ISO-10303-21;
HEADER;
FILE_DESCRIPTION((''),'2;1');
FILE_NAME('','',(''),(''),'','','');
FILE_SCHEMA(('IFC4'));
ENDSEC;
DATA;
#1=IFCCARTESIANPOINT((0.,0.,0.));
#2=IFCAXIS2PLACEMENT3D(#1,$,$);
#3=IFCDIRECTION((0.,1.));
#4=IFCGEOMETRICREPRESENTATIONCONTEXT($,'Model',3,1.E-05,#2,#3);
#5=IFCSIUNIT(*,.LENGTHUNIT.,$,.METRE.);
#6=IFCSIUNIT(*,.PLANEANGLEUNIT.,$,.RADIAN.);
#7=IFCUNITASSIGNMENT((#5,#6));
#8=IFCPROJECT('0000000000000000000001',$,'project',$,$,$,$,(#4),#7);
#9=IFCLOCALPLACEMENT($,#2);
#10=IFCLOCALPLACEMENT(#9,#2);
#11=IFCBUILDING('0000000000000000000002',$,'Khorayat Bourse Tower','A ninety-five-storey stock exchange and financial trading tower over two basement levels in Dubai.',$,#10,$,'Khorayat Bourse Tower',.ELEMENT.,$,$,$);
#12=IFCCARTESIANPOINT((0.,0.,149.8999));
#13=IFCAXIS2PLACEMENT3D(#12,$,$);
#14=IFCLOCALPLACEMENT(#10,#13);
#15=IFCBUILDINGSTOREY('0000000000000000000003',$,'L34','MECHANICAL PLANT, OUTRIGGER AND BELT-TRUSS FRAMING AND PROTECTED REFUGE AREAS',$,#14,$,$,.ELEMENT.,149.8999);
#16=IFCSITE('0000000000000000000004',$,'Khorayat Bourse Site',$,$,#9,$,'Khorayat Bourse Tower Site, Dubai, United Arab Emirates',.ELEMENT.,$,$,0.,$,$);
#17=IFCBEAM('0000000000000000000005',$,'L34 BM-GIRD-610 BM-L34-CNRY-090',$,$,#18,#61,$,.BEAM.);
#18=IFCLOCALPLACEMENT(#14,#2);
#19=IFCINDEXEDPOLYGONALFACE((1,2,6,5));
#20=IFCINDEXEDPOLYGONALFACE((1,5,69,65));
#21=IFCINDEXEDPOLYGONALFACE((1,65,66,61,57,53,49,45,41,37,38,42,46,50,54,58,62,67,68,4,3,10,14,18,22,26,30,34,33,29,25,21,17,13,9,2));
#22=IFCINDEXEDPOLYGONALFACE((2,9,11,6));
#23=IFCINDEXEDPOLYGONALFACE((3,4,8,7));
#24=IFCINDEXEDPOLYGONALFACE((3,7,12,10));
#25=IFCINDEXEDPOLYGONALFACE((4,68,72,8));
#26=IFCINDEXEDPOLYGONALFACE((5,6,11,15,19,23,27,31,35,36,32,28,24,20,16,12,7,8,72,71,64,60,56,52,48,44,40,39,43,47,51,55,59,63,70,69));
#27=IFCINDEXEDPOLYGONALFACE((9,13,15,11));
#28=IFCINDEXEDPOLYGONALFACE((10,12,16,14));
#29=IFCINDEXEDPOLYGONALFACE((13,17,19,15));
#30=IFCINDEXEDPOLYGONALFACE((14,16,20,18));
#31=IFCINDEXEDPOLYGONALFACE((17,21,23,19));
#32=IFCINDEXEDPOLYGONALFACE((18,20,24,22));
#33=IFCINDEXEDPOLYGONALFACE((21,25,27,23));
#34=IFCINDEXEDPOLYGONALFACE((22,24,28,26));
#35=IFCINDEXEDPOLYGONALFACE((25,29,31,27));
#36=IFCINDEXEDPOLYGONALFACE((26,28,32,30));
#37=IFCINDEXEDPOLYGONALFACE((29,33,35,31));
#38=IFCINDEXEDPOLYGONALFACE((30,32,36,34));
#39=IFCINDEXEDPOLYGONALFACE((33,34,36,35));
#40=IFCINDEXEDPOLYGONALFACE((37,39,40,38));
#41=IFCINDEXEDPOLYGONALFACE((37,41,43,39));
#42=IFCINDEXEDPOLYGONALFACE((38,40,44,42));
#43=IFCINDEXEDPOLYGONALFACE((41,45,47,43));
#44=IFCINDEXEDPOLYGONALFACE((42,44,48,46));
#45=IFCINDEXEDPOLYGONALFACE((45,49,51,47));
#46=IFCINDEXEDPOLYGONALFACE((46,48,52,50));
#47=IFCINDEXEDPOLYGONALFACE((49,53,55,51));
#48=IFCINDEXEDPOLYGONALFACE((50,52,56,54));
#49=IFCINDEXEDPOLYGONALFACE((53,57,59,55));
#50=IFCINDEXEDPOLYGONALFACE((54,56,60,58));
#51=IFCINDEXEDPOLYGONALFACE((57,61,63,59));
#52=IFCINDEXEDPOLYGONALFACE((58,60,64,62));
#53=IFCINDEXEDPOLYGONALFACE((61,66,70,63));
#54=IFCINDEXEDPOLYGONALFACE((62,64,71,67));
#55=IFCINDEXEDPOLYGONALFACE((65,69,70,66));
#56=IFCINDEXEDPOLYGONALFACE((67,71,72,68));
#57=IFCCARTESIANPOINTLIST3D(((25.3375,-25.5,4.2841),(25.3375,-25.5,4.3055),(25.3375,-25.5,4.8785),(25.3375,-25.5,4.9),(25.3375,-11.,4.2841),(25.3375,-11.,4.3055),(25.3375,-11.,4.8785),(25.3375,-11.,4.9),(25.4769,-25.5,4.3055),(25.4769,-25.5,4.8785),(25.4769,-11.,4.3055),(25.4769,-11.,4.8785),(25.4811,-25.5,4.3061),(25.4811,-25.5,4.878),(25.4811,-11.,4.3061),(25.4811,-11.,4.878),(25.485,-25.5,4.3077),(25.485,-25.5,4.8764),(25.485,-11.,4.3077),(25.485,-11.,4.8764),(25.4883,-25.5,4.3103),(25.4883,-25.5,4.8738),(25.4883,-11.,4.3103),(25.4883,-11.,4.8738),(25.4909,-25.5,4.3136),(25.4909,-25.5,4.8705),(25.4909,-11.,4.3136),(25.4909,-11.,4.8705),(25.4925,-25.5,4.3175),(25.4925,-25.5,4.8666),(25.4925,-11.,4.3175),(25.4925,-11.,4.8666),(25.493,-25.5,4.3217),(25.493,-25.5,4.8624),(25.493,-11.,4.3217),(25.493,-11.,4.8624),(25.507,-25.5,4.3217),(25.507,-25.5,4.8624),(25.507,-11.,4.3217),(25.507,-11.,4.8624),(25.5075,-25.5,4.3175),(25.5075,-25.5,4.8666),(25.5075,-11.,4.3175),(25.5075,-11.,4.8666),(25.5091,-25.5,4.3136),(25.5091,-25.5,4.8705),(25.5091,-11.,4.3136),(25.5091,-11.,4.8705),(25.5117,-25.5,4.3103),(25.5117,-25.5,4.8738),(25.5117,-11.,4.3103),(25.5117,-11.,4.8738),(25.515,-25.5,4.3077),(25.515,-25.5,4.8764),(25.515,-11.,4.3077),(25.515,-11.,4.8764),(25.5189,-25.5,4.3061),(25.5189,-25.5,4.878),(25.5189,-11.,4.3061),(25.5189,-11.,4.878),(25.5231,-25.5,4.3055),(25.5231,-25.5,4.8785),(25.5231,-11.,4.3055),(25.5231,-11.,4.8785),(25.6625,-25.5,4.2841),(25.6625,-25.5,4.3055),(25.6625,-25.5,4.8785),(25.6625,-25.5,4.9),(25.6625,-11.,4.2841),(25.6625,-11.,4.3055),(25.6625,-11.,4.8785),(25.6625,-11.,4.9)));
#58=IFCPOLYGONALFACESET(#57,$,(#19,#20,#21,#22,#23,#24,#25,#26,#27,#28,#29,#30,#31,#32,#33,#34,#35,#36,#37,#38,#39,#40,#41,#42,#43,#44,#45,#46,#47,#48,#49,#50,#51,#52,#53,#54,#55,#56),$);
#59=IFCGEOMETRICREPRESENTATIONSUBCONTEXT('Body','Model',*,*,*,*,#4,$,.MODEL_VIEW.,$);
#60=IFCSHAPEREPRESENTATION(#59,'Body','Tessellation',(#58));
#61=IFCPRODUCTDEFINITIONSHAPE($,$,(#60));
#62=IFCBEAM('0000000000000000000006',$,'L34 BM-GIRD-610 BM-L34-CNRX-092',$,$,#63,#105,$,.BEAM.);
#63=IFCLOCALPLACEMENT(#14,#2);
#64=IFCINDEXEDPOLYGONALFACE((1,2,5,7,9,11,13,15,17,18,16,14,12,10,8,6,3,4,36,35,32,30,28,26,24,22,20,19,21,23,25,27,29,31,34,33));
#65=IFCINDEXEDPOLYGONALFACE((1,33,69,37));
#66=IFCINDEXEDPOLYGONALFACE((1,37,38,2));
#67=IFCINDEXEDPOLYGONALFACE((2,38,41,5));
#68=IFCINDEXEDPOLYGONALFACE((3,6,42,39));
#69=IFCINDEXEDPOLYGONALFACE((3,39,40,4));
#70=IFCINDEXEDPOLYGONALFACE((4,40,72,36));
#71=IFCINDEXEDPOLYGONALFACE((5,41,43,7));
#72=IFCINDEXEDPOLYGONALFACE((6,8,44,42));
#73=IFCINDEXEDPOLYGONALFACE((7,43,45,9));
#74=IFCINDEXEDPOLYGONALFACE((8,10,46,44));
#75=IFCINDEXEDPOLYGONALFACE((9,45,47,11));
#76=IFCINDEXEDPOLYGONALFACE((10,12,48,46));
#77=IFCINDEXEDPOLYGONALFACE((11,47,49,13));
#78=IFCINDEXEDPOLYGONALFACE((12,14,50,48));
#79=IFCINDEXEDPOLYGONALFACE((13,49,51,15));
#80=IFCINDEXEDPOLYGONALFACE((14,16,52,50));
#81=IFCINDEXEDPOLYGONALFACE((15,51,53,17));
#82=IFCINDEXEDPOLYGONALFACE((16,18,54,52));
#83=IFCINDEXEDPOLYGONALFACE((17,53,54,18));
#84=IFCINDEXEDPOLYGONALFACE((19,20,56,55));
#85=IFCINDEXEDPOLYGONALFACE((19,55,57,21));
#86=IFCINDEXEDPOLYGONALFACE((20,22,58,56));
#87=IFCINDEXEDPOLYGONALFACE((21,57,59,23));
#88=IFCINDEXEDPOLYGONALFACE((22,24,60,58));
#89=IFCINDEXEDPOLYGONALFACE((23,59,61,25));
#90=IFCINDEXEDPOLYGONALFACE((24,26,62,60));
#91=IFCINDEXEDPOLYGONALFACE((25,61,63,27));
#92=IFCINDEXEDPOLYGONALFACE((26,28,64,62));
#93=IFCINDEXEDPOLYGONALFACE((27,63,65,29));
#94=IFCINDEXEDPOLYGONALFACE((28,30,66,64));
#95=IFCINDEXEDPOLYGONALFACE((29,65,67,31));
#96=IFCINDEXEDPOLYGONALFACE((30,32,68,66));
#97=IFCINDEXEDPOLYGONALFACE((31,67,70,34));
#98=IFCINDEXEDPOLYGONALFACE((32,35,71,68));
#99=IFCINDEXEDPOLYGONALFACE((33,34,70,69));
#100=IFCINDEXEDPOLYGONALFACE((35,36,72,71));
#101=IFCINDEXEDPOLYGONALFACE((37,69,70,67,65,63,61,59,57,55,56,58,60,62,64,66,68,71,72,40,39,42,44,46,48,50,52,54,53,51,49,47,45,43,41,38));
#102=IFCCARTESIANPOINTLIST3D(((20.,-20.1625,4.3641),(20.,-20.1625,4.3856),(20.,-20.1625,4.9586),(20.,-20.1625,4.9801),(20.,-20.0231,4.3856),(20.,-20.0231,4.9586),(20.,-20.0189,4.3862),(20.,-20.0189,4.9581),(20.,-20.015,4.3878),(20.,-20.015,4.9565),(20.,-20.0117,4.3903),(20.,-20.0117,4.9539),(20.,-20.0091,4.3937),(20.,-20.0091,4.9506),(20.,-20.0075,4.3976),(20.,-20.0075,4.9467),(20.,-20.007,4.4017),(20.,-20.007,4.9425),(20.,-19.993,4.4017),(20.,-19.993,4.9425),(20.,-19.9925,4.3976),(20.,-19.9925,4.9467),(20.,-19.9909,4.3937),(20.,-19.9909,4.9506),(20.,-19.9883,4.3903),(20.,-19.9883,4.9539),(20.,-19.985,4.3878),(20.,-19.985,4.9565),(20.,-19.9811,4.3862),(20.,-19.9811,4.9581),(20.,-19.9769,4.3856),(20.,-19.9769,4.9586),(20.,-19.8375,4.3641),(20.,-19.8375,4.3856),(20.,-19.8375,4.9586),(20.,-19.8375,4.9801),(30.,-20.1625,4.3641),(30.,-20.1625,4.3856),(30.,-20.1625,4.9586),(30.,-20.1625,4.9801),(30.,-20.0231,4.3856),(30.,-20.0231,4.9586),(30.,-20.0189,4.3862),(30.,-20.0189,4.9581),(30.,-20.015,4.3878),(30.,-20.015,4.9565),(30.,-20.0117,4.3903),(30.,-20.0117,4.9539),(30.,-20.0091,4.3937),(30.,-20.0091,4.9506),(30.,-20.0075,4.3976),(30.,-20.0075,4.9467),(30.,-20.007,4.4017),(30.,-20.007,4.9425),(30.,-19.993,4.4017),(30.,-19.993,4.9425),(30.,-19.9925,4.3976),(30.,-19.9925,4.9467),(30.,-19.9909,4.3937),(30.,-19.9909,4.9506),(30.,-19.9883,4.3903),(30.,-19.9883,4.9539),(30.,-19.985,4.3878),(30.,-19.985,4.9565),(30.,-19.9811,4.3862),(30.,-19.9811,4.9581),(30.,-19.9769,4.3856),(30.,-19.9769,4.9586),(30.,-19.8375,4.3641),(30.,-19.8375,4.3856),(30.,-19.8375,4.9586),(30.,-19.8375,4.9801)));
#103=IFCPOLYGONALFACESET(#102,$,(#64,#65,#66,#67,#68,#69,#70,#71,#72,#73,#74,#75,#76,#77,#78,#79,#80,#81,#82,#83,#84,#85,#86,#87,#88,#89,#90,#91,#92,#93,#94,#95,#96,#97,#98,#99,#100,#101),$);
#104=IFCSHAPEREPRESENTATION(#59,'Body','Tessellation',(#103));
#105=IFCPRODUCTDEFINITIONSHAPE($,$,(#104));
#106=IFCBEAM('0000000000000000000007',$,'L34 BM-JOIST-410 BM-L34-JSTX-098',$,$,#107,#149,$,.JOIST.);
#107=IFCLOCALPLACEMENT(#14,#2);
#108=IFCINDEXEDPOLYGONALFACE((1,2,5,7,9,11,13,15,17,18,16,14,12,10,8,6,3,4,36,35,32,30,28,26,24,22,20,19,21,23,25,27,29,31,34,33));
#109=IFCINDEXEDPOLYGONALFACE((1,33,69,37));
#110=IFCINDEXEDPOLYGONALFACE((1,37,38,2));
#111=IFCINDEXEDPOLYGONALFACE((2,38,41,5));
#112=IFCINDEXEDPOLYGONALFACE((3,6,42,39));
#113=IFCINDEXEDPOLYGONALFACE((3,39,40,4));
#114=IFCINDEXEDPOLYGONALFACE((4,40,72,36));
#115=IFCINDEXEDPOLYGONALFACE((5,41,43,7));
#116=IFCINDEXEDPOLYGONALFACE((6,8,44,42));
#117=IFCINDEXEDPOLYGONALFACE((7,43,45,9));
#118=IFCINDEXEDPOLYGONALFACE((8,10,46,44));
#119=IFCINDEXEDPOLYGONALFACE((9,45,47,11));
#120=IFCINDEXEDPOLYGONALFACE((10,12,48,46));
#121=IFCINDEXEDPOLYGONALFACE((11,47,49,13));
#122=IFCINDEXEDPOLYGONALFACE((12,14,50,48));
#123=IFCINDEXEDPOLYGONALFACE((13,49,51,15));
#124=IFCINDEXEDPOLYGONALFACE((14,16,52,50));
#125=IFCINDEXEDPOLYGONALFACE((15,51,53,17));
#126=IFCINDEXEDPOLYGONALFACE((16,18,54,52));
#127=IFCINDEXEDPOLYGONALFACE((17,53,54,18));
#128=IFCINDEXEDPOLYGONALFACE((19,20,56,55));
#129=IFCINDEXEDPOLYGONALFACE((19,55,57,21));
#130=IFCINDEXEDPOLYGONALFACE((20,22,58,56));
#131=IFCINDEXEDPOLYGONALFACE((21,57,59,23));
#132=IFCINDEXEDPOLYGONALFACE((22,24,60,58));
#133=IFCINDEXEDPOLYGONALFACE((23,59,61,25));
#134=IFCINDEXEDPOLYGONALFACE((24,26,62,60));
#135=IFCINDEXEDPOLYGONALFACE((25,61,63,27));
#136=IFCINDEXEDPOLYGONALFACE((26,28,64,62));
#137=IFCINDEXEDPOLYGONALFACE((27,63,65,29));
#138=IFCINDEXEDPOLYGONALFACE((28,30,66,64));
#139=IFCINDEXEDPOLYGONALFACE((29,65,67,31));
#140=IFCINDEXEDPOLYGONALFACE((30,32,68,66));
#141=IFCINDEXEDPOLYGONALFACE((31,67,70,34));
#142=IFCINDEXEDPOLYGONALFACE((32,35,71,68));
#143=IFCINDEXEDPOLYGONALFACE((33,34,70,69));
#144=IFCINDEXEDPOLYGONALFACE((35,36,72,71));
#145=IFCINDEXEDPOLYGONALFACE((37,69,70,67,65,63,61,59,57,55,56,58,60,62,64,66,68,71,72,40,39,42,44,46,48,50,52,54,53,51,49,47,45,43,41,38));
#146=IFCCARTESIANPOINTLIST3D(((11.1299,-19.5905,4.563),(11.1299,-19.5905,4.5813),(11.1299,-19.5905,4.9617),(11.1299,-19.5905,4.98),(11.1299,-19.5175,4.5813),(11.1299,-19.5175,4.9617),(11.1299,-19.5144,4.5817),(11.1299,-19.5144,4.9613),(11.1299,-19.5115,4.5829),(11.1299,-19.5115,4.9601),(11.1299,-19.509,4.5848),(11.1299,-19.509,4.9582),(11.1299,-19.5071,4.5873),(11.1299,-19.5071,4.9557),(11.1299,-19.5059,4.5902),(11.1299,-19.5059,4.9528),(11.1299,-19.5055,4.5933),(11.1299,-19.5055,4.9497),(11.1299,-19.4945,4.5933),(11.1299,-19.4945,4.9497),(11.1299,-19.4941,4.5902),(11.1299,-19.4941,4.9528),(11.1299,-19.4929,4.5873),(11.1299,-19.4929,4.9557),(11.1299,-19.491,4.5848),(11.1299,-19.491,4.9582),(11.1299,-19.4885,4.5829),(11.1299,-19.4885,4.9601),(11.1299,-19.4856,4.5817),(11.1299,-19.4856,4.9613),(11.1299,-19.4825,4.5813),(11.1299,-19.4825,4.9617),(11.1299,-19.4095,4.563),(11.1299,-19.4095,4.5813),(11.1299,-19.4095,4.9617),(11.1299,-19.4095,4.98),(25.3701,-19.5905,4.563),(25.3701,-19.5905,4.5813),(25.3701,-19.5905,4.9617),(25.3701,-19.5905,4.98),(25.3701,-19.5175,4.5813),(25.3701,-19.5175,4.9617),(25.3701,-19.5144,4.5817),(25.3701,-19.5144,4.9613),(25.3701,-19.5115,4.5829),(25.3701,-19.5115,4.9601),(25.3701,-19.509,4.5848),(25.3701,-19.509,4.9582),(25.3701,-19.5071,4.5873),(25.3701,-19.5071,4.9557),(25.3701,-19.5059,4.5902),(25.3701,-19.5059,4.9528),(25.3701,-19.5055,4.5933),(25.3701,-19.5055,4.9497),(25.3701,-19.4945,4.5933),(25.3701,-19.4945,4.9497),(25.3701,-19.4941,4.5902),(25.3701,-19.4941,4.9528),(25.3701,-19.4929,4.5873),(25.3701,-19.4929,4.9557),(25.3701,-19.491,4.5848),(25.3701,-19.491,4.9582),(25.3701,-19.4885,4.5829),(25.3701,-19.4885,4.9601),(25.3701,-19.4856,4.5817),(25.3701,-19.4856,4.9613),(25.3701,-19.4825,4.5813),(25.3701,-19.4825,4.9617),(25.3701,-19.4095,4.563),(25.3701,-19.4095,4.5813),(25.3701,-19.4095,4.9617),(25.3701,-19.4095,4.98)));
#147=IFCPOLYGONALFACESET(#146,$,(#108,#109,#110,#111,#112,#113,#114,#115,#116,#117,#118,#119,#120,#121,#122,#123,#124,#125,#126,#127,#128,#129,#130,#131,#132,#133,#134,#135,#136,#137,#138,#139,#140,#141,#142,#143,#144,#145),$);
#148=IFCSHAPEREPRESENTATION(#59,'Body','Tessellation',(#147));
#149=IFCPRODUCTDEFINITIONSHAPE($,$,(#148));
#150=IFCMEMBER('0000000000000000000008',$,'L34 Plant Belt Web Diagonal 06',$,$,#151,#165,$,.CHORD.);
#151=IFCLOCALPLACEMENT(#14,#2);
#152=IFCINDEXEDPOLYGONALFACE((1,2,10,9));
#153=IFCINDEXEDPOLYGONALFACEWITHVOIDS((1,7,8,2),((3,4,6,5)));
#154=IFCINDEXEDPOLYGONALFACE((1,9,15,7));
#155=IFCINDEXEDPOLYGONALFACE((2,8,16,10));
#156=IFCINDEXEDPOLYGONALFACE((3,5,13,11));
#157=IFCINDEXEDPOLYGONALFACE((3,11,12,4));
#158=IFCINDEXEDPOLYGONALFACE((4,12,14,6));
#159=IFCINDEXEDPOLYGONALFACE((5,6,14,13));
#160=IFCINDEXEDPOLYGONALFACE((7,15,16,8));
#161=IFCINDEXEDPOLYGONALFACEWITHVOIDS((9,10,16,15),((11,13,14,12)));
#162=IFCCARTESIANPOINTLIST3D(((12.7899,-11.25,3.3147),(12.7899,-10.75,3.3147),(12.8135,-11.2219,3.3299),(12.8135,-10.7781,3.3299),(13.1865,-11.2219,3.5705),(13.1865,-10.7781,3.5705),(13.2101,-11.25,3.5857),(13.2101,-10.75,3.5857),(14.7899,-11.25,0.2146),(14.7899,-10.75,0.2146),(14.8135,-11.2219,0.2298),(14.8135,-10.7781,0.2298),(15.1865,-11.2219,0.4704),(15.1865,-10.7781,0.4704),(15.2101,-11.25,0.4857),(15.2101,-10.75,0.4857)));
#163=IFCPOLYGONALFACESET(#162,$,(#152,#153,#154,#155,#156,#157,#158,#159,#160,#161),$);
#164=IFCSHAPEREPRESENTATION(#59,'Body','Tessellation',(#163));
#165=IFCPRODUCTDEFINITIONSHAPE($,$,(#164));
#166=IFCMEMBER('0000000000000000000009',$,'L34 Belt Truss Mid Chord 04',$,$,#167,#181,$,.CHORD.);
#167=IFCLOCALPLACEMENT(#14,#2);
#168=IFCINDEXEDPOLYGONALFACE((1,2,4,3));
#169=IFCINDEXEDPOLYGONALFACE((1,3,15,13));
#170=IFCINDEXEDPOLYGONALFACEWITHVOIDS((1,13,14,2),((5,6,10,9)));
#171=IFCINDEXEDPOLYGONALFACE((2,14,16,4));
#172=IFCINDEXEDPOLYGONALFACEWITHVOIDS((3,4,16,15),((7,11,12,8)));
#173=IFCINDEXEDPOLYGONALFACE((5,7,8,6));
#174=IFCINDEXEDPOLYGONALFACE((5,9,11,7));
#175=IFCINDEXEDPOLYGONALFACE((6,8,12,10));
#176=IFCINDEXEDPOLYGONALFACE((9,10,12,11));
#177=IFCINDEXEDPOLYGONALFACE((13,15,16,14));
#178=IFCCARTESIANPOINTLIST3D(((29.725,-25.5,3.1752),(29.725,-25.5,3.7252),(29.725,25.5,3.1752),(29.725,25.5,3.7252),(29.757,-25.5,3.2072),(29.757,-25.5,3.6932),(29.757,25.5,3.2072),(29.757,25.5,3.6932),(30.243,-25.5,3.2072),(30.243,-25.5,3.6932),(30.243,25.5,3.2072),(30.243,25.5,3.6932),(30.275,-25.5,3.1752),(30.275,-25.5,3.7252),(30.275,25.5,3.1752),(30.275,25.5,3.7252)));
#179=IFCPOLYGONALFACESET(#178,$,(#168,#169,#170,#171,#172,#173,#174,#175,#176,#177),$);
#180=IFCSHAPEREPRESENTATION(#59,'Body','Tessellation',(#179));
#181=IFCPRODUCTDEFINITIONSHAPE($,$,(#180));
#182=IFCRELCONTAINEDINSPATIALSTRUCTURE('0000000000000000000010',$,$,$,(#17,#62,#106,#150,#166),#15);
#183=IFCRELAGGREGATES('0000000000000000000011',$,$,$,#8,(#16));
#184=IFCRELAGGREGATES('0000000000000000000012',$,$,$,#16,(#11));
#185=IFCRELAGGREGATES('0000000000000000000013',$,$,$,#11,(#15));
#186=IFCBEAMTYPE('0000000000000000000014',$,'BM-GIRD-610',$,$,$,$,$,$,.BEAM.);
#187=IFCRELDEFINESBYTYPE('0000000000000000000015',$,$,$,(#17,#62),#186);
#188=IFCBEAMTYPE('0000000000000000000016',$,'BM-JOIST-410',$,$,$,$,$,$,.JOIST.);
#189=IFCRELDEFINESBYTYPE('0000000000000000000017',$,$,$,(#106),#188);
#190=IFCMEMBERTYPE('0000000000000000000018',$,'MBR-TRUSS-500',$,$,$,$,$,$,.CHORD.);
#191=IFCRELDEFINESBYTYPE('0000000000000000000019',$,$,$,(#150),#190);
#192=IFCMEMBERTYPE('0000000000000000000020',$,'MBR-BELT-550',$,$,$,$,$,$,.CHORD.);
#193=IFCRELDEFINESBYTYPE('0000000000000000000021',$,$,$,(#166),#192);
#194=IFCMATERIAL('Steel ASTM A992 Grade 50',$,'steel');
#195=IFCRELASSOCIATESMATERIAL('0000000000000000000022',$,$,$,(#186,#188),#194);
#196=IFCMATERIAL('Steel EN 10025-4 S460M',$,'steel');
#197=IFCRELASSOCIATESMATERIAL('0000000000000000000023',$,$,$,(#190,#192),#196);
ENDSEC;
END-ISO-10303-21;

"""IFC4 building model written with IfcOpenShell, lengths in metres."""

from ifc_helpers import new_model, si_unit, direction, frame, origin, origin_2d, place, context, subcontext, project, spatial, hollow_rectangle, i_section, extrude, source, transform, mapped, material, material_profile, profile_set, type_object, element, save


model = new_model("IFC4")

# Units and contexts
model_context = context("Model", 3, precision=1e-05, world=origin(), true_north=direction((0.0, 1.0)))
body_context = subcontext(model_context, "Body", "Model", "MODEL_VIEW")
ifc_project = project(units=[si_unit("LENGTHUNIT", "METRE"), si_unit("PLANEANGLEUNIT", "RADIAN")], contexts=[model_context])

# Site, building, storey
site_placement = place(None, origin())
site = spatial("IfcSite", under=ifc_project, at=site_placement, Name="Khorayat Bourse Site", LongName="Khorayat Bourse Tower Site, Dubai, United Arab Emirates", CompositionType="ELEMENT", RefElevation=0.0)
building_placement = place(site_placement, origin())
building = spatial("IfcBuilding", under=site, at=building_placement, Name="Khorayat Bourse Tower", Description="A ninety-five-storey stock exchange and financial trading tower over two basement levels in Dubai.", LongName="Khorayat Bourse Tower", CompositionType="ELEMENT")
storey_placement = place(building_placement, frame((0.0, 0.0, 149.8999)))
storey = spatial("IfcBuildingStorey", under=building, at=storey_placement, Name="L34", Description="MECHANICAL PLANT, OUTRIGGER AND BELT-TRUSS FRAMING AND PROTECTED REFUGE AREAS", CompositionType="ELEMENT", Elevation=149.8999)

# Shared definitions
ifc_material_1 = material(Name="Steel EN 10025-4 S460M", Category="steel")

# Beams
ifc_material_2 = material(Name="Steel ASTM A992 Grade 50", Category="steel")
ifc_material_profile_1 = material_profile(ifc_material_2, i_section(OverallWidth=0.325, OverallDepth=0.616, WebThickness=0.0139, FlangeThickness=0.0215, FilletRadius=0.0161, at=origin_2d()), Name="W610X174")
ifc_profile_set_1 = profile_set([ifc_material_profile_1], Name="Steel ASTM A992 Grade 50")
beam_type_1 = type_object("IfcBeamType", Name="BM-GIRD-610", PredefinedType="BEAM", material=ifc_profile_set_1)
shared_shape_1 = source(origin(), body_context, "Body", "SweptSolid", [
    extrude(i_section(OverallWidth=0.325, OverallDepth=0.616, WebThickness=0.0139, FlangeThickness=0.0215, FilletRadius=0.0161, at=origin_2d()), origin(), (0.0, 0.0, 1.0), 14.5),
])
beam_1_placement = place(storey_placement, frame((25.5, -25.5, 4.592), z_axis=(0.0, 1.0, 0.0), x_axis=(-1.0, 0.0, 0.0)))
element("IfcBeam", 1, at=beam_1_placement, inside=storey, type_object=beam_type_1, Name="L34 BM-GIRD-610 BM-L34-CNRY-090", PredefinedType="BEAM", context=body_context, shape_type="MappedRepresentation", body=[
    mapped(shared_shape_1, transform((0.0, 0.0, 0.0), scale=1.0)),
])
shared_shape_2 = source(origin(), body_context, "Body", "SweptSolid", [
    extrude(i_section(OverallWidth=0.325, OverallDepth=0.616, WebThickness=0.0139, FlangeThickness=0.0215, FilletRadius=0.0161, at=origin_2d()), origin(), (0.0, 0.0, 1.0), 10.0),
])
beam_2_placement = place(storey_placement, frame((20.0, -20.0, 4.6721), z_axis=(1.0, 0.0, 0.0), x_axis=(0.0, 1.0, 0.0)))
element("IfcBeam", 2, at=beam_2_placement, inside=storey, type_object=beam_type_1, Name="L34 BM-GIRD-610 BM-L34-CNRX-092", PredefinedType="BEAM", context=body_context, shape_type="MappedRepresentation", body=[
    mapped(shared_shape_2, transform((0.0, 0.0, 0.0), scale=1.0)),
])
ifc_material_profile_2 = material_profile(ifc_material_2, i_section(OverallWidth=0.1809, OverallDepth=0.417, WebThickness=0.011, FlangeThickness=0.0183, FilletRadius=0.012, at=origin_2d()), Name="W410X85")
ifc_profile_set_2 = profile_set([ifc_material_profile_2], Name="Steel ASTM A992 Grade 50")
beam_type_2 = type_object("IfcBeamType", Name="BM-JOIST-410", PredefinedType="JOIST", material=ifc_profile_set_2)
shared_shape_3 = source(origin(), body_context, "Body", "SweptSolid", [
    extrude(i_section(OverallWidth=0.1809, OverallDepth=0.417, WebThickness=0.011, FlangeThickness=0.0183, FilletRadius=0.012, at=origin_2d()), origin(), (0.0, 0.0, 1.0), 14.2402),
])
beam_3_placement = place(storey_placement, frame((11.1299, -19.5, 4.7715), z_axis=(1.0, 0.0, 0.0), x_axis=(0.0, 1.0, 0.0)))
element("IfcBeam", 3, at=beam_3_placement, inside=storey, type_object=beam_type_2, Name="L34 BM-JOIST-410 BM-L34-JSTX-098", PredefinedType="JOIST", context=body_context, shape_type="MappedRepresentation", body=[
    mapped(shared_shape_3, transform((0.0, 0.0, 0.0), scale=1.0)),
])

# Members
ifc_material_profile_3 = material_profile(ifc_material_1, hollow_rectangle(XDim=0.5, YDim=0.5, WallThickness=0.0281, at=origin_2d()), Name="HSS 500x500x28")
ifc_profile_set_3 = profile_set([ifc_material_profile_3], Name="Steel EN 10025-4 S460M")
member_type_1 = type_object("IfcMemberType", Name="MBR-TRUSS-500", PredefinedType="CHORD", material=ifc_profile_set_3)
shared_shape_4 = source(origin(), body_context, "Body", "SweptSolid", [
    extrude(hollow_rectangle(XDim=0.5, YDim=0.5, WallThickness=0.0281, at=origin_2d()), origin(), (0.0, 0.0, 1.0), 3.6892),
])
member_1_placement = place(storey_placement, frame((13.0, -11.0, 3.4502), z_axis=(0.542115, 0.0, -0.840304), x_axis=(0.0, 1.0, 0.0)))
element("IfcMember", 4, at=member_1_placement, inside=storey, type_object=member_type_1, Name="L34 Plant Belt Web Diagonal 06", PredefinedType="CHORD", context=body_context, shape_type="MappedRepresentation", body=[
    mapped(shared_shape_4, transform((0.0, 0.0, 0.0), scale=1.0)),
])
ifc_material_profile_4 = material_profile(ifc_material_1, hollow_rectangle(XDim=0.55, YDim=0.55, WallThickness=0.032, at=origin_2d()), Name="HSS 550x550x32")
ifc_profile_set_4 = profile_set([ifc_material_profile_4], Name="Steel EN 10025-4 S460M")
member_type_2 = type_object("IfcMemberType", Name="MBR-BELT-550", PredefinedType="CHORD", material=ifc_profile_set_4)
shared_shape_5 = source(origin(), body_context, "Body", "SweptSolid", [
    extrude(hollow_rectangle(XDim=0.55, YDim=0.55, WallThickness=0.032, at=origin_2d()), origin(), (0.0, 0.0, 1.0), 51.0),
])
member_2_placement = place(storey_placement, frame((30.0, -25.5, 3.4502), z_axis=(0.0, 1.0, 0.0), x_axis=(-1.0, 0.0, 0.0)))
element("IfcMember", 5, at=member_2_placement, inside=storey, type_object=member_type_2, Name="L34 Belt Truss Mid Chord 04", PredefinedType="CHORD", context=body_context, shape_type="MappedRepresentation", body=[
    mapped(shared_shape_5, transform((0.0, 0.0, 0.0), scale=1.0)),
])

save(model, "model.ifc")
